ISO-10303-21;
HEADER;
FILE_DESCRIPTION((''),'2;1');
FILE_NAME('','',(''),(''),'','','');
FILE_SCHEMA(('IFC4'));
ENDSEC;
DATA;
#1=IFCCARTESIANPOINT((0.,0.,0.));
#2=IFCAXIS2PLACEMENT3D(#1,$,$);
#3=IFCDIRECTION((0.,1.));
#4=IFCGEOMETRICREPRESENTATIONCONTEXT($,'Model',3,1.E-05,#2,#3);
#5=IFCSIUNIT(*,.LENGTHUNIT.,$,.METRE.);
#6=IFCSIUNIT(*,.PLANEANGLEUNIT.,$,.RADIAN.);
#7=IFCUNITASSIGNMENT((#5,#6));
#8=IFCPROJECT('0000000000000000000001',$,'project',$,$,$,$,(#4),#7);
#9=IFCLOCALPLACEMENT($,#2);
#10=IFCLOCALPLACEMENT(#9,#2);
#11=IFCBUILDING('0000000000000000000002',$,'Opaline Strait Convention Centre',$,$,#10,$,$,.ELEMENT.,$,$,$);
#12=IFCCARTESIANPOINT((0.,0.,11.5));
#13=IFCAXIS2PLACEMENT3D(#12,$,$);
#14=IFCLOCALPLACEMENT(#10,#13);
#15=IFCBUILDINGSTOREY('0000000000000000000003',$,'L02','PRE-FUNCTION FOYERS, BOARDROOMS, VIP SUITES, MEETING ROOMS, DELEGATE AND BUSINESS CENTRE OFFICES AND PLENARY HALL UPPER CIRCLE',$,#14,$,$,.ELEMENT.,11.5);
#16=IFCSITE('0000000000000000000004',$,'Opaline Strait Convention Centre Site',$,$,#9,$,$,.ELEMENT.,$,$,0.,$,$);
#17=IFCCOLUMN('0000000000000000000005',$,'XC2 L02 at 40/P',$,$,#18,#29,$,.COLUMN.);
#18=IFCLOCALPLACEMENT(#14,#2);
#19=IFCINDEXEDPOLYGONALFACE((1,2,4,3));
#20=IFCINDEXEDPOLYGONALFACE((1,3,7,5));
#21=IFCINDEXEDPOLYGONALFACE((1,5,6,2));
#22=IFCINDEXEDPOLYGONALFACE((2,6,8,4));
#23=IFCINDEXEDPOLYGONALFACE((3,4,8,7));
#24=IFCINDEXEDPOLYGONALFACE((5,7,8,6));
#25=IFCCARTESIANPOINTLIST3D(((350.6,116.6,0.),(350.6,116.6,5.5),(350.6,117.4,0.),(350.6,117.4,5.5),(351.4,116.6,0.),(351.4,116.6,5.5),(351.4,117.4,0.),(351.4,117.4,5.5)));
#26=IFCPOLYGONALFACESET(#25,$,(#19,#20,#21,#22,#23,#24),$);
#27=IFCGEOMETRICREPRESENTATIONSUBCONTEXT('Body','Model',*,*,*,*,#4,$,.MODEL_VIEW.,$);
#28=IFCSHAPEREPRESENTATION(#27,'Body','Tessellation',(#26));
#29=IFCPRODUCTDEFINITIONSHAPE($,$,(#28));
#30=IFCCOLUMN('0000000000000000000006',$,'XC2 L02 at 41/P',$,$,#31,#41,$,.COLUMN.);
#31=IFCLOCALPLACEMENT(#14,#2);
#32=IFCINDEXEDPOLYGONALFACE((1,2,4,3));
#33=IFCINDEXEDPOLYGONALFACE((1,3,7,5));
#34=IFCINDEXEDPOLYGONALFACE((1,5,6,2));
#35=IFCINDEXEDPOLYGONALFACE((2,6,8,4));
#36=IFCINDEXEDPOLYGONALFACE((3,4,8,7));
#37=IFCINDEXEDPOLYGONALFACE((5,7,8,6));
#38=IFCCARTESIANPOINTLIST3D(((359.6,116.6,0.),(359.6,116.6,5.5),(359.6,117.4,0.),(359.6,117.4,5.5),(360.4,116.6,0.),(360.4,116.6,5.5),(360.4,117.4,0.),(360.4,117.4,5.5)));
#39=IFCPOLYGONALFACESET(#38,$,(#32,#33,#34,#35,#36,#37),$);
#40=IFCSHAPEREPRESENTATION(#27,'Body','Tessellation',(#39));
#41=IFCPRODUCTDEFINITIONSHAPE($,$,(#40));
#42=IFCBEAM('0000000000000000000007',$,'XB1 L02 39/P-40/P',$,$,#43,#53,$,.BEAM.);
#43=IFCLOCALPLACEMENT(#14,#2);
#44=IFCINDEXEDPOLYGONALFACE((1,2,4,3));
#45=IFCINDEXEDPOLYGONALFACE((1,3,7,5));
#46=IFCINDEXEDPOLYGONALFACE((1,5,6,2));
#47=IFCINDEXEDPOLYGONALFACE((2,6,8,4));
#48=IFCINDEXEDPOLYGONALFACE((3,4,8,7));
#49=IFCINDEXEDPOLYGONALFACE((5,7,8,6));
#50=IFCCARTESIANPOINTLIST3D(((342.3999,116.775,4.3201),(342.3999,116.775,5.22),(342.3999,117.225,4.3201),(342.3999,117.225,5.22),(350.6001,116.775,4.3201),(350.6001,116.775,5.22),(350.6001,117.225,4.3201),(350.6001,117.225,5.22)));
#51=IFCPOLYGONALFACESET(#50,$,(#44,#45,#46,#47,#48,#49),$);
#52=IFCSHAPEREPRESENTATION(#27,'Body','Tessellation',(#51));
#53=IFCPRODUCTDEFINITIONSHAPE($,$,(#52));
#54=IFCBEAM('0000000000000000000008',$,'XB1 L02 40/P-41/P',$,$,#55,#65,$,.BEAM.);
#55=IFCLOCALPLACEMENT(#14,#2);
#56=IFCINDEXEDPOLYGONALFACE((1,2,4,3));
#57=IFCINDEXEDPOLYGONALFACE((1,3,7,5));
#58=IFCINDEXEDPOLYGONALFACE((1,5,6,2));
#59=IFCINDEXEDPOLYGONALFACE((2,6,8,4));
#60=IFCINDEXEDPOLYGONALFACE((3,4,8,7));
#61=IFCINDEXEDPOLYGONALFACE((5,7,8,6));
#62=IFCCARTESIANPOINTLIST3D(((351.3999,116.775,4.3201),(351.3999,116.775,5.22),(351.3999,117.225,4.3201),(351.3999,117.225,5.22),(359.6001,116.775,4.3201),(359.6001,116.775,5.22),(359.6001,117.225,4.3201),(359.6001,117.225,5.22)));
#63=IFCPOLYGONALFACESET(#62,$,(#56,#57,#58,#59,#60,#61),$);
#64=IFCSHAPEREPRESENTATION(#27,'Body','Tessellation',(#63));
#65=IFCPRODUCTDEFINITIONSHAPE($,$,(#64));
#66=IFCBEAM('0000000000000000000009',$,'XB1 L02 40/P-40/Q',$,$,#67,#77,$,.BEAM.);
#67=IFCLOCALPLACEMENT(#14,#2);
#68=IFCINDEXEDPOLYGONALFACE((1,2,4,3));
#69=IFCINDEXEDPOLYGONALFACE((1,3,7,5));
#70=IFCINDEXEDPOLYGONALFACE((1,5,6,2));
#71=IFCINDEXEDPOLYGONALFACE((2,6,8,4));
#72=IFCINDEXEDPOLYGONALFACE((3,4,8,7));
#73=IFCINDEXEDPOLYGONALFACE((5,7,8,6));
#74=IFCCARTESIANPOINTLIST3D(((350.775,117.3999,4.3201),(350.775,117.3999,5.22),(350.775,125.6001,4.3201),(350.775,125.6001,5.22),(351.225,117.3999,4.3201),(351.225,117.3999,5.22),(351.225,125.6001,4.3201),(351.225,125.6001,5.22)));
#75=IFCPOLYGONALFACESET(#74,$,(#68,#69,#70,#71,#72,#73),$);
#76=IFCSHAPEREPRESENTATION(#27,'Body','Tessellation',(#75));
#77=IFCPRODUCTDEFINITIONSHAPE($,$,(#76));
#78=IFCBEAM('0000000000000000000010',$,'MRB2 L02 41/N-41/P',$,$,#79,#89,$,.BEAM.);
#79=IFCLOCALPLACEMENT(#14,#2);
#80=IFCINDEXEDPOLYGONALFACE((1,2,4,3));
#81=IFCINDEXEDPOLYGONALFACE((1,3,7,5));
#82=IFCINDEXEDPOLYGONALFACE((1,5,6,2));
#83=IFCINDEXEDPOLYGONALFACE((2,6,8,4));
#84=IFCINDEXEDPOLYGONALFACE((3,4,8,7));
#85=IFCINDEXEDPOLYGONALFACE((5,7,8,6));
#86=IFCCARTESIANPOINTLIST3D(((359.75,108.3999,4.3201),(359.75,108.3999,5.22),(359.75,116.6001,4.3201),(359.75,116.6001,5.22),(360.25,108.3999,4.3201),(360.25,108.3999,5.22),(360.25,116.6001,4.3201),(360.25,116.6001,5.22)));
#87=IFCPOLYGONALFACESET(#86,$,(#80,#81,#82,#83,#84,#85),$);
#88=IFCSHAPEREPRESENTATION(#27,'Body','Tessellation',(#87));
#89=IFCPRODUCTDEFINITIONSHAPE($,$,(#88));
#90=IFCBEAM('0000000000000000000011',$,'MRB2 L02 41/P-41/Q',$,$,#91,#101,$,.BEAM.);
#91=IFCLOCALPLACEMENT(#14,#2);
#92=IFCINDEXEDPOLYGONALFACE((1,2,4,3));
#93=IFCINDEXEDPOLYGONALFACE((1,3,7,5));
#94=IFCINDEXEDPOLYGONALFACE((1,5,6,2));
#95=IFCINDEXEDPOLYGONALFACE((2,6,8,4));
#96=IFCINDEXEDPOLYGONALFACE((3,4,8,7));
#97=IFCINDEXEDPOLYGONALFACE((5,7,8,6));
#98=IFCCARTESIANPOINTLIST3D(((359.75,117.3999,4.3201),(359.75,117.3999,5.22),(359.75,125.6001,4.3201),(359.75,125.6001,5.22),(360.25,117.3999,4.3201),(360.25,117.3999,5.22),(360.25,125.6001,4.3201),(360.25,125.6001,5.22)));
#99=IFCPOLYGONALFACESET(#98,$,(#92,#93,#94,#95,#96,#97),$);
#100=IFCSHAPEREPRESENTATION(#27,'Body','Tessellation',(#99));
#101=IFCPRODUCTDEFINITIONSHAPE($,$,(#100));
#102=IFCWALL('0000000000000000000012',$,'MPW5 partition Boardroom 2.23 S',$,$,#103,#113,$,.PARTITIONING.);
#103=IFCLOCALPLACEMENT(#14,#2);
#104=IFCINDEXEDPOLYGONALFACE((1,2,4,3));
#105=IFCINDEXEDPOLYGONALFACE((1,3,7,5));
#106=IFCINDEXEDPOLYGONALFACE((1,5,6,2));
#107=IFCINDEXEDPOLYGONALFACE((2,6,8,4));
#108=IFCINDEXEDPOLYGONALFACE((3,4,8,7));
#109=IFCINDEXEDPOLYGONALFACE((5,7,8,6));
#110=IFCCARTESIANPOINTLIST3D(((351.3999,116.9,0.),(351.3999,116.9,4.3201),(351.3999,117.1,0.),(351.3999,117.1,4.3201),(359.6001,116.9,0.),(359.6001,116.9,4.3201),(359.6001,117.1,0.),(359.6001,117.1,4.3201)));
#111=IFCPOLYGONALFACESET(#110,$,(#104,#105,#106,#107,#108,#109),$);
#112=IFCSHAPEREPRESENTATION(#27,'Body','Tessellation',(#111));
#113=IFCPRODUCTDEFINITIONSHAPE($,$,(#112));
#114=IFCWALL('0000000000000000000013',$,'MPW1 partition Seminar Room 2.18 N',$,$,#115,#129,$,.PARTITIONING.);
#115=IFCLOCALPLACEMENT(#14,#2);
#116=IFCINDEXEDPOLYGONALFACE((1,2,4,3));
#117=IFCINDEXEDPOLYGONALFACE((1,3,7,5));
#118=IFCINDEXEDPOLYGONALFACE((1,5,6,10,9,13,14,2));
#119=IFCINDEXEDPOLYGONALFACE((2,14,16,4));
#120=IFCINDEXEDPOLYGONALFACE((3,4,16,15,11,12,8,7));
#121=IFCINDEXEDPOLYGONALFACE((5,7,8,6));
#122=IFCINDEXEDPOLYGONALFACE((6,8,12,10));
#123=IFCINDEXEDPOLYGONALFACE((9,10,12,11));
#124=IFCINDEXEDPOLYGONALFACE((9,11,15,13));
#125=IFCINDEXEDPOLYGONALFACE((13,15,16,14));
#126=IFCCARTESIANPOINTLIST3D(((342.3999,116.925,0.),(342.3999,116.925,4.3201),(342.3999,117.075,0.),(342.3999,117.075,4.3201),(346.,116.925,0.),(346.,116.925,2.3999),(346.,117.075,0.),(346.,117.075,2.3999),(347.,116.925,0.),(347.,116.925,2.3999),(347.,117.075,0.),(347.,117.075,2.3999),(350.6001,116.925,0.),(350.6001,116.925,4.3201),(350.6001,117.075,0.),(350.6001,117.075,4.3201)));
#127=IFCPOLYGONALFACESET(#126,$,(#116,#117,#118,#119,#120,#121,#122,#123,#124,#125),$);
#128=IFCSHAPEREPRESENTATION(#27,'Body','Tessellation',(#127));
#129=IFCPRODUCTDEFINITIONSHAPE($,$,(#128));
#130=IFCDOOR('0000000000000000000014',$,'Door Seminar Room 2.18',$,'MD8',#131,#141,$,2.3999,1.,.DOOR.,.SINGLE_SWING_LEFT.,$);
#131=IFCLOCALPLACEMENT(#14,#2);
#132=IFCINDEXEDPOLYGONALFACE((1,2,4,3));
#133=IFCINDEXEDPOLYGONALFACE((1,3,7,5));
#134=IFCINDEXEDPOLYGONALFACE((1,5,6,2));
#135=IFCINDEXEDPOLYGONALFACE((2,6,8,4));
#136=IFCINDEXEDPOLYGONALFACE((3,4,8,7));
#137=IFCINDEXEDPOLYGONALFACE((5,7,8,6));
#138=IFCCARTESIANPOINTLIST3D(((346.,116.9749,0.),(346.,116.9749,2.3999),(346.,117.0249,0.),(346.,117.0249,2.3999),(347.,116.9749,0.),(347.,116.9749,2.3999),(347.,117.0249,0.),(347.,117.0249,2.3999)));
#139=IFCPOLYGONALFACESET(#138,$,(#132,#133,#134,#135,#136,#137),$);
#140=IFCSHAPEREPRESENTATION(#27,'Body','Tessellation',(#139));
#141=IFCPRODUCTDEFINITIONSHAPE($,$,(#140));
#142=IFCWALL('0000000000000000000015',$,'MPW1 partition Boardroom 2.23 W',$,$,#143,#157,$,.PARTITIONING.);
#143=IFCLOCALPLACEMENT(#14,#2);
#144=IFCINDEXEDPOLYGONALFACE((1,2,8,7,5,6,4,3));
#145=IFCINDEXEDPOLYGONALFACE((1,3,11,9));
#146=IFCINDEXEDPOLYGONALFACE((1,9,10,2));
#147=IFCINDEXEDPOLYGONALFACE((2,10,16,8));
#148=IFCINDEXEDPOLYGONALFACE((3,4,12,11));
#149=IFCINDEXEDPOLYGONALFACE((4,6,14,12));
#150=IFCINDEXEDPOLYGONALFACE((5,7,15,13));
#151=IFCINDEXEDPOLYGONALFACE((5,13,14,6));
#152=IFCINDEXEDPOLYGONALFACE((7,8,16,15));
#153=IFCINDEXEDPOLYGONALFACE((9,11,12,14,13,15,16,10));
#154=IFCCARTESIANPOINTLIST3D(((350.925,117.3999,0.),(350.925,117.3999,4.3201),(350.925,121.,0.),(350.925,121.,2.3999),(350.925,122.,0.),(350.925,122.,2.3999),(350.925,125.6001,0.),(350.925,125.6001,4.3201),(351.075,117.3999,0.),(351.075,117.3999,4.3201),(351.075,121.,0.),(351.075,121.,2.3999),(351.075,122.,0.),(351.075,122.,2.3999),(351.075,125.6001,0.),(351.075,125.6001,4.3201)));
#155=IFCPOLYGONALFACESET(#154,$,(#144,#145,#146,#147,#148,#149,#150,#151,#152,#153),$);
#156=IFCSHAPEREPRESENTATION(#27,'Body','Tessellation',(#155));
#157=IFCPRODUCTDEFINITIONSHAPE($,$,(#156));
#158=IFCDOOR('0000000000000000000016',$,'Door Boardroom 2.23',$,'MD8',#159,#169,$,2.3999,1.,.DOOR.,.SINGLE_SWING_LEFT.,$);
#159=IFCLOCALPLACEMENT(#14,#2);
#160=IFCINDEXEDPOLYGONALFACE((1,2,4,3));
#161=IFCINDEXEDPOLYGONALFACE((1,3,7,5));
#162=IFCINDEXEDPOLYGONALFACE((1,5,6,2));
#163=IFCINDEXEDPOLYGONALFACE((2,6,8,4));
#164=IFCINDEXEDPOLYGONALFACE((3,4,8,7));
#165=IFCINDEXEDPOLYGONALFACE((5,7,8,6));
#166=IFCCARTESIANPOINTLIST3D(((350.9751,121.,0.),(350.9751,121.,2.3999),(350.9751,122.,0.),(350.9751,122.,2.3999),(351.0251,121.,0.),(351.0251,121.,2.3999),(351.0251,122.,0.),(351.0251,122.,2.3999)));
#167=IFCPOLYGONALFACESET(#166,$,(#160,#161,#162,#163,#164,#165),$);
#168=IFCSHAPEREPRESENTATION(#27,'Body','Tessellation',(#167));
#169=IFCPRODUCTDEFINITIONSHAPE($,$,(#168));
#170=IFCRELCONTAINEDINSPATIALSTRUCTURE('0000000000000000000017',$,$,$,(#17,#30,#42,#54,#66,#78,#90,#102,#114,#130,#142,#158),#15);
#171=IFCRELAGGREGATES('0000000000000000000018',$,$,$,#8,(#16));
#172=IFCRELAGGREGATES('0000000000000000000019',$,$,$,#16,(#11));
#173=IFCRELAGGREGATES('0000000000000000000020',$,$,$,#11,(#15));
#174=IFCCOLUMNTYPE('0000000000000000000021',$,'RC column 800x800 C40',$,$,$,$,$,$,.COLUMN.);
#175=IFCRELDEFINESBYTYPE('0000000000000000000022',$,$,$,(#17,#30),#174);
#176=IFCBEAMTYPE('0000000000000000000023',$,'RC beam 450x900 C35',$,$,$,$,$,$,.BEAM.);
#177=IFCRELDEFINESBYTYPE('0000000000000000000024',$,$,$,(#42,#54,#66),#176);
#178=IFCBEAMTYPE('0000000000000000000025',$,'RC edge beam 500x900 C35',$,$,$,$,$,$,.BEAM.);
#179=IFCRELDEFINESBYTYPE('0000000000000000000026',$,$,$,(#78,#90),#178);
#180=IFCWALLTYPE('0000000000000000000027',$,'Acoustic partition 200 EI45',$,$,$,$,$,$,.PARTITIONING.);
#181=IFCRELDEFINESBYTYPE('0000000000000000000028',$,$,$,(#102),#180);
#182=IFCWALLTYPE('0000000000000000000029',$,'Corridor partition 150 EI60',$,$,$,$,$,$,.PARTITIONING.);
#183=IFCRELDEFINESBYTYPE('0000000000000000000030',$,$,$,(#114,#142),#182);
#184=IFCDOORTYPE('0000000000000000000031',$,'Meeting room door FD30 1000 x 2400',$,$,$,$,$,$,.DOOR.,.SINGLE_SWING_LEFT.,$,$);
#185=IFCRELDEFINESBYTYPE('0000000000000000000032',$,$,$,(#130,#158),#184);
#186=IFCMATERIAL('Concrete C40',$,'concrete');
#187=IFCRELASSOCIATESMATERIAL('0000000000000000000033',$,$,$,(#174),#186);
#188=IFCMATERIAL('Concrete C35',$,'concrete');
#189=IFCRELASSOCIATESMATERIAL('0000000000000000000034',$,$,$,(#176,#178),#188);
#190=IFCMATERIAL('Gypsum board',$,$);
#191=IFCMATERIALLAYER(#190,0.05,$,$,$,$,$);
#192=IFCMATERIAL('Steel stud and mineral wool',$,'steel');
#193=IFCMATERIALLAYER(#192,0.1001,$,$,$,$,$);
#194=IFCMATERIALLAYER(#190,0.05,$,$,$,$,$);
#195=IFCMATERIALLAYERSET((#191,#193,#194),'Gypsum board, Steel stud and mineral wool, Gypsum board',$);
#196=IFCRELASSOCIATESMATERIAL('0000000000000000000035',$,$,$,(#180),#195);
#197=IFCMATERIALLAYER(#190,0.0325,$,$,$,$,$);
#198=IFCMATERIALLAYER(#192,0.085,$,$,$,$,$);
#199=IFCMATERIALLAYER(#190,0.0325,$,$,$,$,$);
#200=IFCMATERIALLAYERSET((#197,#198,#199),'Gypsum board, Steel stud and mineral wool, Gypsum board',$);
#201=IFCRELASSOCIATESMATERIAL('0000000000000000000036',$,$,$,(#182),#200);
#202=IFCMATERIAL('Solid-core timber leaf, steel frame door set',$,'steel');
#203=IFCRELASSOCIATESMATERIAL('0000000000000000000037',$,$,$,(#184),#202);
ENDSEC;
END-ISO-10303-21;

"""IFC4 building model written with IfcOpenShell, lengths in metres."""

from ifc_helpers import new_model, si_unit, direction, frame, frame_2d, origin, origin_2d, place, context, subcontext, project, spatial, rectangle, extrude, material, layer, layer_set, material_profile, profile_set, type_object, element, fill, save


model = new_model("IFC4")

# Units and contexts
model_context = context("Model", 3, precision=1e-05, world=origin(), true_north=direction((0.0, 1.0)))
body_context = subcontext(model_context, "Body", "Model", "MODEL_VIEW")
ifc_project = project(units=[si_unit("LENGTHUNIT", "METRE"), si_unit("PLANEANGLEUNIT", "RADIAN")], contexts=[model_context])

# Site, building, storey
site_placement = place(None, origin())
site = spatial("IfcSite", under=ifc_project, at=site_placement, Name="Opaline Strait Convention Centre Site", CompositionType="ELEMENT", RefElevation=0.0)
building_placement = place(site_placement, origin())
building = spatial("IfcBuilding", under=site, at=building_placement, Name="Opaline Strait Convention Centre", CompositionType="ELEMENT")
storey_placement = place(building_placement, frame((0.0, 0.0, 11.5)))
storey = spatial("IfcBuildingStorey", under=building, at=storey_placement, Name="L02", Description="PRE-FUNCTION FOYERS, BOARDROOMS, VIP SUITES, MEETING ROOMS, DELEGATE AND BUSINESS CENTRE OFFICES AND PLENARY HALL UPPER CIRCLE", CompositionType="ELEMENT", Elevation=11.5)

# Columns
ifc_material_1 = material(Name="Concrete C40", Category="concrete")
ifc_material_profile_1 = material_profile(ifc_material_1, rectangle(XDim=0.8, YDim=0.8, at=origin_2d()), Name="RC 800x800")
ifc_profile_set_1 = profile_set([ifc_material_profile_1], Name="Concrete C40")
column_type = type_object("IfcColumnType", Name="RC column 800x800 C40", PredefinedType="COLUMN", material=ifc_profile_set_1)
for number, where, z_axis, x_axis, name in (
    (1, (351.0, 117.0, 0.0), (0.0, 0.0, 1.0), (1.0, 0.0, 0.0), "XC2 L02 at 40/P"),
    (2, (360.0, 117.0, 0.0), (0.0, 0.0, 1.0), (1.0, 0.0, 0.0), "XC2 L02 at 41/P"),
):
    element("IfcColumn", number, at=place(storey_placement, frame(where, z_axis=z_axis, x_axis=x_axis)), inside=storey, type_object=column_type, Name=name, PredefinedType="COLUMN", context=body_context, shape_type="SweptSolid", body=[
        extrude(rectangle(XDim=0.8, YDim=0.8, at=origin_2d()), origin(), (0.0, 0.0, 1.0), 5.5),
    ])

# Beams
ifc_material_2 = material(Name="Concrete C35", Category="concrete")
ifc_material_profile_2 = material_profile(ifc_material_2, rectangle(XDim=0.45, YDim=0.8999, at=origin_2d()), Name="RC 450x900")
ifc_profile_set_2 = profile_set([ifc_material_profile_2], Name="Concrete C35")
beam_type_1 = type_object("IfcBeamType", Name="RC beam 450x900 C35", PredefinedType="BEAM", material=ifc_profile_set_2)
for number, where, z_axis, x_axis, name in (
    (3, (342.3999, 117.0, 4.77), (1.0, 0.0, 0.0), (0.0, 1.0, 0.0), "XB1 L02 39/P-40/P"),
    (4, (351.3999, 117.0, 4.77), (1.0, 0.0, 0.0), (0.0, 1.0, 0.0), "XB1 L02 40/P-41/P"),
    (5, (351.0, 117.3999, 4.77), (0.0, 1.0, 0.0), (-1.0, 0.0, 0.0), "XB1 L02 40/P-40/Q"),
):
    element("IfcBeam", number, at=place(storey_placement, frame(where, z_axis=z_axis, x_axis=x_axis)), inside=storey, type_object=beam_type_1, Name=name, PredefinedType="BEAM", context=body_context, shape_type="SweptSolid", body=[
        extrude(rectangle(XDim=0.45, YDim=0.8999, at=origin_2d()), origin(), (0.0, 0.0, 1.0), 8.2002),
    ])
ifc_material_profile_3 = material_profile(ifc_material_2, rectangle(XDim=0.5, YDim=0.8999, at=origin_2d()), Name="RC 500x900")
ifc_profile_set_3 = profile_set([ifc_material_profile_3], Name="Concrete C35")
beam_type_2 = type_object("IfcBeamType", Name="RC edge beam 500x900 C35", PredefinedType="BEAM", material=ifc_profile_set_3)
for number, where, z_axis, x_axis, name in (
    (6, (360.0, 108.3999, 4.77), (0.0, 1.0, 0.0), (-1.0, 0.0, 0.0), "MRB2 L02 41/N-41/P"),
    (7, (360.0, 117.3999, 4.77), (0.0, 1.0, 0.0), (-1.0, 0.0, 0.0), "MRB2 L02 41/P-41/Q"),
):
    element("IfcBeam", number, at=place(storey_placement, frame(where, z_axis=z_axis, x_axis=x_axis)), inside=storey, type_object=beam_type_2, Name=name, PredefinedType="BEAM", context=body_context, shape_type="SweptSolid", body=[
        extrude(rectangle(XDim=0.5, YDim=0.8999, at=origin_2d()), origin(), (0.0, 0.0, 1.0), 8.2002),
    ])

# Wall
ifc_material_3 = material(Name="Gypsum board")
ifc_layer_1 = layer(ifc_material_3, 0.05)
ifc_material_4 = material(Name="Steel stud and mineral wool", Category="steel")
ifc_layer_2 = layer(ifc_material_4, 0.1001)
ifc_layer_3 = layer(ifc_material_3, 0.05)
ifc_layer_set_1 = layer_set([ifc_layer_1, ifc_layer_2, ifc_layer_3], Name="Gypsum board, Steel stud and mineral wool, Gypsum board")
wall_type_1 = type_object("IfcWallType", Name="Acoustic partition 200 EI45", PredefinedType="PARTITIONING", material=ifc_layer_set_1)
wall_1_placement = place(storey_placement, frame((351.3999, 117.0, 0.0), z_axis=(0.0, 0.0, 1.0), x_axis=(1.0, 0.0, 0.0)))
element("IfcWall", 8, at=wall_1_placement, inside=storey, type_object=wall_type_1, Name="MPW5 partition Boardroom 2.23 S", PredefinedType="PARTITIONING", context=body_context, shape_type="SweptSolid", body=[
    extrude(rectangle(XDim=8.2002, YDim=0.2, at=frame_2d((4.1001, 0.0))), origin(), (0.0, 0.0, 1.0), 4.3201),
])

# Walls, openings, doors
ifc_layer_4 = layer(ifc_material_3, 0.0325)
ifc_layer_5 = layer(ifc_material_4, 0.085)
ifc_layer_6 = layer(ifc_material_3, 0.0325)
ifc_layer_set_2 = layer_set([ifc_layer_4, ifc_layer_5, ifc_layer_6], Name="Gypsum board, Steel stud and mineral wool, Gypsum board")
wall_type_2 = type_object("IfcWallType", Name="Corridor partition 150 EI60", PredefinedType="PARTITIONING", material=ifc_layer_set_2)
wall_2_placement = place(storey_placement, frame((342.3999, 117.0, 0.0), z_axis=(0.0, 0.0, 1.0), x_axis=(1.0, 0.0, 0.0)))
wall_2 = element("IfcWall", 9, at=wall_2_placement, inside=storey, type_object=wall_type_2, Name="MPW1 partition Seminar Room 2.18 N", PredefinedType="PARTITIONING", context=body_context, shape_type="SweptSolid", body=[
    extrude(rectangle(XDim=8.2002, YDim=0.1499, at=frame_2d((4.1001, 0.0))), origin(), (0.0, 0.0, 1.0), 4.3201),
])
opening_1_placement = place(wall_2_placement, frame((3.6001, 0.0, 0.0)))
opening_1 = element("IfcOpeningElement", 10, at=opening_1_placement, cuts=wall_2, PredefinedType="OPENING", context=body_context, shape_type="SweptSolid", body=[
    extrude(rectangle(XDim=1.0, YDim=2.3999, at=frame_2d((0.5, 1.2))), frame((0.0, 0.085, 0.0), z_axis=(0.0, -1.0, 0.0), x_axis=(1.0, 0.0, 0.0)), (0.0, 0.0, 1.0), 0.1699),
])
ifc_material_5 = material(Name="Solid-core timber leaf, steel frame door set", Category="steel")
door_type = type_object("IfcDoorType", Name="Meeting room door FD30 1000 x 2400", OperationType="SINGLE_SWING_LEFT", PredefinedType="DOOR", material=ifc_material_5)
door_1_placement = place(opening_1_placement, origin())
door_1 = element("IfcDoor", 11, at=door_1_placement, inside=storey, type_object=door_type, Name="Door Seminar Room 2.18", ObjectType="MD8", OperationType="SINGLE_SWING_LEFT", OverallHeight=2.3999, OverallWidth=1.0, PredefinedType="DOOR", context=body_context, shape_type="SweptSolid", body=[
    extrude(rectangle(XDim=1.0, YDim=2.3999, at=frame_2d((0.5, 1.2))), frame((0.0, 0.0249, 0.0), z_axis=(0.0, -1.0, 0.0), x_axis=(1.0, 0.0, 0.0)), (0.0, 0.0, 1.0), 0.05),
])
fill(opening_1, door_1)
wall_3_placement = place(storey_placement, frame((351.0, 117.3999, 0.0), z_axis=(0.0, 0.0, 1.0), x_axis=(0.0, 1.0, 0.0)))
wall_3 = element("IfcWall", 12, at=wall_3_placement, inside=storey, type_object=wall_type_2, Name="MPW1 partition Boardroom 2.23 W", PredefinedType="PARTITIONING", context=body_context, shape_type="SweptSolid", body=[
    extrude(rectangle(XDim=8.2002, YDim=0.1499, at=frame_2d((4.1001, 0.0))), origin(), (0.0, 0.0, 1.0), 4.3201),
])
opening_2_placement = place(wall_3_placement, frame((3.6001, 0.0, 0.0)))
opening_2 = element("IfcOpeningElement", 13, at=opening_2_placement, cuts=wall_3, PredefinedType="OPENING", context=body_context, shape_type="SweptSolid", body=[
    extrude(rectangle(XDim=1.0, YDim=2.3999, at=frame_2d((0.5, 1.2))), frame((0.0, 0.085, 0.0), z_axis=(0.0, -1.0, 0.0), x_axis=(1.0, 0.0, 0.0)), (0.0, 0.0, 1.0), 0.1699),
])
door_2_placement = place(opening_2_placement, origin())
door_2 = element("IfcDoor", 14, at=door_2_placement, inside=storey, type_object=door_type, Name="Door Boardroom 2.23", ObjectType="MD8", OperationType="SINGLE_SWING_LEFT", OverallHeight=2.3999, OverallWidth=1.0, PredefinedType="DOOR", context=body_context, shape_type="SweptSolid", body=[
    extrude(rectangle(XDim=1.0, YDim=2.3999, at=frame_2d((0.5, 1.2))), frame((0.0, 0.0249, 0.0), z_axis=(0.0, -1.0, 0.0), x_axis=(1.0, 0.0, 0.0)), (0.0, 0.0, 1.0), 0.05),
])
fill(opening_2, door_2)

save(model, "model.ifc")
